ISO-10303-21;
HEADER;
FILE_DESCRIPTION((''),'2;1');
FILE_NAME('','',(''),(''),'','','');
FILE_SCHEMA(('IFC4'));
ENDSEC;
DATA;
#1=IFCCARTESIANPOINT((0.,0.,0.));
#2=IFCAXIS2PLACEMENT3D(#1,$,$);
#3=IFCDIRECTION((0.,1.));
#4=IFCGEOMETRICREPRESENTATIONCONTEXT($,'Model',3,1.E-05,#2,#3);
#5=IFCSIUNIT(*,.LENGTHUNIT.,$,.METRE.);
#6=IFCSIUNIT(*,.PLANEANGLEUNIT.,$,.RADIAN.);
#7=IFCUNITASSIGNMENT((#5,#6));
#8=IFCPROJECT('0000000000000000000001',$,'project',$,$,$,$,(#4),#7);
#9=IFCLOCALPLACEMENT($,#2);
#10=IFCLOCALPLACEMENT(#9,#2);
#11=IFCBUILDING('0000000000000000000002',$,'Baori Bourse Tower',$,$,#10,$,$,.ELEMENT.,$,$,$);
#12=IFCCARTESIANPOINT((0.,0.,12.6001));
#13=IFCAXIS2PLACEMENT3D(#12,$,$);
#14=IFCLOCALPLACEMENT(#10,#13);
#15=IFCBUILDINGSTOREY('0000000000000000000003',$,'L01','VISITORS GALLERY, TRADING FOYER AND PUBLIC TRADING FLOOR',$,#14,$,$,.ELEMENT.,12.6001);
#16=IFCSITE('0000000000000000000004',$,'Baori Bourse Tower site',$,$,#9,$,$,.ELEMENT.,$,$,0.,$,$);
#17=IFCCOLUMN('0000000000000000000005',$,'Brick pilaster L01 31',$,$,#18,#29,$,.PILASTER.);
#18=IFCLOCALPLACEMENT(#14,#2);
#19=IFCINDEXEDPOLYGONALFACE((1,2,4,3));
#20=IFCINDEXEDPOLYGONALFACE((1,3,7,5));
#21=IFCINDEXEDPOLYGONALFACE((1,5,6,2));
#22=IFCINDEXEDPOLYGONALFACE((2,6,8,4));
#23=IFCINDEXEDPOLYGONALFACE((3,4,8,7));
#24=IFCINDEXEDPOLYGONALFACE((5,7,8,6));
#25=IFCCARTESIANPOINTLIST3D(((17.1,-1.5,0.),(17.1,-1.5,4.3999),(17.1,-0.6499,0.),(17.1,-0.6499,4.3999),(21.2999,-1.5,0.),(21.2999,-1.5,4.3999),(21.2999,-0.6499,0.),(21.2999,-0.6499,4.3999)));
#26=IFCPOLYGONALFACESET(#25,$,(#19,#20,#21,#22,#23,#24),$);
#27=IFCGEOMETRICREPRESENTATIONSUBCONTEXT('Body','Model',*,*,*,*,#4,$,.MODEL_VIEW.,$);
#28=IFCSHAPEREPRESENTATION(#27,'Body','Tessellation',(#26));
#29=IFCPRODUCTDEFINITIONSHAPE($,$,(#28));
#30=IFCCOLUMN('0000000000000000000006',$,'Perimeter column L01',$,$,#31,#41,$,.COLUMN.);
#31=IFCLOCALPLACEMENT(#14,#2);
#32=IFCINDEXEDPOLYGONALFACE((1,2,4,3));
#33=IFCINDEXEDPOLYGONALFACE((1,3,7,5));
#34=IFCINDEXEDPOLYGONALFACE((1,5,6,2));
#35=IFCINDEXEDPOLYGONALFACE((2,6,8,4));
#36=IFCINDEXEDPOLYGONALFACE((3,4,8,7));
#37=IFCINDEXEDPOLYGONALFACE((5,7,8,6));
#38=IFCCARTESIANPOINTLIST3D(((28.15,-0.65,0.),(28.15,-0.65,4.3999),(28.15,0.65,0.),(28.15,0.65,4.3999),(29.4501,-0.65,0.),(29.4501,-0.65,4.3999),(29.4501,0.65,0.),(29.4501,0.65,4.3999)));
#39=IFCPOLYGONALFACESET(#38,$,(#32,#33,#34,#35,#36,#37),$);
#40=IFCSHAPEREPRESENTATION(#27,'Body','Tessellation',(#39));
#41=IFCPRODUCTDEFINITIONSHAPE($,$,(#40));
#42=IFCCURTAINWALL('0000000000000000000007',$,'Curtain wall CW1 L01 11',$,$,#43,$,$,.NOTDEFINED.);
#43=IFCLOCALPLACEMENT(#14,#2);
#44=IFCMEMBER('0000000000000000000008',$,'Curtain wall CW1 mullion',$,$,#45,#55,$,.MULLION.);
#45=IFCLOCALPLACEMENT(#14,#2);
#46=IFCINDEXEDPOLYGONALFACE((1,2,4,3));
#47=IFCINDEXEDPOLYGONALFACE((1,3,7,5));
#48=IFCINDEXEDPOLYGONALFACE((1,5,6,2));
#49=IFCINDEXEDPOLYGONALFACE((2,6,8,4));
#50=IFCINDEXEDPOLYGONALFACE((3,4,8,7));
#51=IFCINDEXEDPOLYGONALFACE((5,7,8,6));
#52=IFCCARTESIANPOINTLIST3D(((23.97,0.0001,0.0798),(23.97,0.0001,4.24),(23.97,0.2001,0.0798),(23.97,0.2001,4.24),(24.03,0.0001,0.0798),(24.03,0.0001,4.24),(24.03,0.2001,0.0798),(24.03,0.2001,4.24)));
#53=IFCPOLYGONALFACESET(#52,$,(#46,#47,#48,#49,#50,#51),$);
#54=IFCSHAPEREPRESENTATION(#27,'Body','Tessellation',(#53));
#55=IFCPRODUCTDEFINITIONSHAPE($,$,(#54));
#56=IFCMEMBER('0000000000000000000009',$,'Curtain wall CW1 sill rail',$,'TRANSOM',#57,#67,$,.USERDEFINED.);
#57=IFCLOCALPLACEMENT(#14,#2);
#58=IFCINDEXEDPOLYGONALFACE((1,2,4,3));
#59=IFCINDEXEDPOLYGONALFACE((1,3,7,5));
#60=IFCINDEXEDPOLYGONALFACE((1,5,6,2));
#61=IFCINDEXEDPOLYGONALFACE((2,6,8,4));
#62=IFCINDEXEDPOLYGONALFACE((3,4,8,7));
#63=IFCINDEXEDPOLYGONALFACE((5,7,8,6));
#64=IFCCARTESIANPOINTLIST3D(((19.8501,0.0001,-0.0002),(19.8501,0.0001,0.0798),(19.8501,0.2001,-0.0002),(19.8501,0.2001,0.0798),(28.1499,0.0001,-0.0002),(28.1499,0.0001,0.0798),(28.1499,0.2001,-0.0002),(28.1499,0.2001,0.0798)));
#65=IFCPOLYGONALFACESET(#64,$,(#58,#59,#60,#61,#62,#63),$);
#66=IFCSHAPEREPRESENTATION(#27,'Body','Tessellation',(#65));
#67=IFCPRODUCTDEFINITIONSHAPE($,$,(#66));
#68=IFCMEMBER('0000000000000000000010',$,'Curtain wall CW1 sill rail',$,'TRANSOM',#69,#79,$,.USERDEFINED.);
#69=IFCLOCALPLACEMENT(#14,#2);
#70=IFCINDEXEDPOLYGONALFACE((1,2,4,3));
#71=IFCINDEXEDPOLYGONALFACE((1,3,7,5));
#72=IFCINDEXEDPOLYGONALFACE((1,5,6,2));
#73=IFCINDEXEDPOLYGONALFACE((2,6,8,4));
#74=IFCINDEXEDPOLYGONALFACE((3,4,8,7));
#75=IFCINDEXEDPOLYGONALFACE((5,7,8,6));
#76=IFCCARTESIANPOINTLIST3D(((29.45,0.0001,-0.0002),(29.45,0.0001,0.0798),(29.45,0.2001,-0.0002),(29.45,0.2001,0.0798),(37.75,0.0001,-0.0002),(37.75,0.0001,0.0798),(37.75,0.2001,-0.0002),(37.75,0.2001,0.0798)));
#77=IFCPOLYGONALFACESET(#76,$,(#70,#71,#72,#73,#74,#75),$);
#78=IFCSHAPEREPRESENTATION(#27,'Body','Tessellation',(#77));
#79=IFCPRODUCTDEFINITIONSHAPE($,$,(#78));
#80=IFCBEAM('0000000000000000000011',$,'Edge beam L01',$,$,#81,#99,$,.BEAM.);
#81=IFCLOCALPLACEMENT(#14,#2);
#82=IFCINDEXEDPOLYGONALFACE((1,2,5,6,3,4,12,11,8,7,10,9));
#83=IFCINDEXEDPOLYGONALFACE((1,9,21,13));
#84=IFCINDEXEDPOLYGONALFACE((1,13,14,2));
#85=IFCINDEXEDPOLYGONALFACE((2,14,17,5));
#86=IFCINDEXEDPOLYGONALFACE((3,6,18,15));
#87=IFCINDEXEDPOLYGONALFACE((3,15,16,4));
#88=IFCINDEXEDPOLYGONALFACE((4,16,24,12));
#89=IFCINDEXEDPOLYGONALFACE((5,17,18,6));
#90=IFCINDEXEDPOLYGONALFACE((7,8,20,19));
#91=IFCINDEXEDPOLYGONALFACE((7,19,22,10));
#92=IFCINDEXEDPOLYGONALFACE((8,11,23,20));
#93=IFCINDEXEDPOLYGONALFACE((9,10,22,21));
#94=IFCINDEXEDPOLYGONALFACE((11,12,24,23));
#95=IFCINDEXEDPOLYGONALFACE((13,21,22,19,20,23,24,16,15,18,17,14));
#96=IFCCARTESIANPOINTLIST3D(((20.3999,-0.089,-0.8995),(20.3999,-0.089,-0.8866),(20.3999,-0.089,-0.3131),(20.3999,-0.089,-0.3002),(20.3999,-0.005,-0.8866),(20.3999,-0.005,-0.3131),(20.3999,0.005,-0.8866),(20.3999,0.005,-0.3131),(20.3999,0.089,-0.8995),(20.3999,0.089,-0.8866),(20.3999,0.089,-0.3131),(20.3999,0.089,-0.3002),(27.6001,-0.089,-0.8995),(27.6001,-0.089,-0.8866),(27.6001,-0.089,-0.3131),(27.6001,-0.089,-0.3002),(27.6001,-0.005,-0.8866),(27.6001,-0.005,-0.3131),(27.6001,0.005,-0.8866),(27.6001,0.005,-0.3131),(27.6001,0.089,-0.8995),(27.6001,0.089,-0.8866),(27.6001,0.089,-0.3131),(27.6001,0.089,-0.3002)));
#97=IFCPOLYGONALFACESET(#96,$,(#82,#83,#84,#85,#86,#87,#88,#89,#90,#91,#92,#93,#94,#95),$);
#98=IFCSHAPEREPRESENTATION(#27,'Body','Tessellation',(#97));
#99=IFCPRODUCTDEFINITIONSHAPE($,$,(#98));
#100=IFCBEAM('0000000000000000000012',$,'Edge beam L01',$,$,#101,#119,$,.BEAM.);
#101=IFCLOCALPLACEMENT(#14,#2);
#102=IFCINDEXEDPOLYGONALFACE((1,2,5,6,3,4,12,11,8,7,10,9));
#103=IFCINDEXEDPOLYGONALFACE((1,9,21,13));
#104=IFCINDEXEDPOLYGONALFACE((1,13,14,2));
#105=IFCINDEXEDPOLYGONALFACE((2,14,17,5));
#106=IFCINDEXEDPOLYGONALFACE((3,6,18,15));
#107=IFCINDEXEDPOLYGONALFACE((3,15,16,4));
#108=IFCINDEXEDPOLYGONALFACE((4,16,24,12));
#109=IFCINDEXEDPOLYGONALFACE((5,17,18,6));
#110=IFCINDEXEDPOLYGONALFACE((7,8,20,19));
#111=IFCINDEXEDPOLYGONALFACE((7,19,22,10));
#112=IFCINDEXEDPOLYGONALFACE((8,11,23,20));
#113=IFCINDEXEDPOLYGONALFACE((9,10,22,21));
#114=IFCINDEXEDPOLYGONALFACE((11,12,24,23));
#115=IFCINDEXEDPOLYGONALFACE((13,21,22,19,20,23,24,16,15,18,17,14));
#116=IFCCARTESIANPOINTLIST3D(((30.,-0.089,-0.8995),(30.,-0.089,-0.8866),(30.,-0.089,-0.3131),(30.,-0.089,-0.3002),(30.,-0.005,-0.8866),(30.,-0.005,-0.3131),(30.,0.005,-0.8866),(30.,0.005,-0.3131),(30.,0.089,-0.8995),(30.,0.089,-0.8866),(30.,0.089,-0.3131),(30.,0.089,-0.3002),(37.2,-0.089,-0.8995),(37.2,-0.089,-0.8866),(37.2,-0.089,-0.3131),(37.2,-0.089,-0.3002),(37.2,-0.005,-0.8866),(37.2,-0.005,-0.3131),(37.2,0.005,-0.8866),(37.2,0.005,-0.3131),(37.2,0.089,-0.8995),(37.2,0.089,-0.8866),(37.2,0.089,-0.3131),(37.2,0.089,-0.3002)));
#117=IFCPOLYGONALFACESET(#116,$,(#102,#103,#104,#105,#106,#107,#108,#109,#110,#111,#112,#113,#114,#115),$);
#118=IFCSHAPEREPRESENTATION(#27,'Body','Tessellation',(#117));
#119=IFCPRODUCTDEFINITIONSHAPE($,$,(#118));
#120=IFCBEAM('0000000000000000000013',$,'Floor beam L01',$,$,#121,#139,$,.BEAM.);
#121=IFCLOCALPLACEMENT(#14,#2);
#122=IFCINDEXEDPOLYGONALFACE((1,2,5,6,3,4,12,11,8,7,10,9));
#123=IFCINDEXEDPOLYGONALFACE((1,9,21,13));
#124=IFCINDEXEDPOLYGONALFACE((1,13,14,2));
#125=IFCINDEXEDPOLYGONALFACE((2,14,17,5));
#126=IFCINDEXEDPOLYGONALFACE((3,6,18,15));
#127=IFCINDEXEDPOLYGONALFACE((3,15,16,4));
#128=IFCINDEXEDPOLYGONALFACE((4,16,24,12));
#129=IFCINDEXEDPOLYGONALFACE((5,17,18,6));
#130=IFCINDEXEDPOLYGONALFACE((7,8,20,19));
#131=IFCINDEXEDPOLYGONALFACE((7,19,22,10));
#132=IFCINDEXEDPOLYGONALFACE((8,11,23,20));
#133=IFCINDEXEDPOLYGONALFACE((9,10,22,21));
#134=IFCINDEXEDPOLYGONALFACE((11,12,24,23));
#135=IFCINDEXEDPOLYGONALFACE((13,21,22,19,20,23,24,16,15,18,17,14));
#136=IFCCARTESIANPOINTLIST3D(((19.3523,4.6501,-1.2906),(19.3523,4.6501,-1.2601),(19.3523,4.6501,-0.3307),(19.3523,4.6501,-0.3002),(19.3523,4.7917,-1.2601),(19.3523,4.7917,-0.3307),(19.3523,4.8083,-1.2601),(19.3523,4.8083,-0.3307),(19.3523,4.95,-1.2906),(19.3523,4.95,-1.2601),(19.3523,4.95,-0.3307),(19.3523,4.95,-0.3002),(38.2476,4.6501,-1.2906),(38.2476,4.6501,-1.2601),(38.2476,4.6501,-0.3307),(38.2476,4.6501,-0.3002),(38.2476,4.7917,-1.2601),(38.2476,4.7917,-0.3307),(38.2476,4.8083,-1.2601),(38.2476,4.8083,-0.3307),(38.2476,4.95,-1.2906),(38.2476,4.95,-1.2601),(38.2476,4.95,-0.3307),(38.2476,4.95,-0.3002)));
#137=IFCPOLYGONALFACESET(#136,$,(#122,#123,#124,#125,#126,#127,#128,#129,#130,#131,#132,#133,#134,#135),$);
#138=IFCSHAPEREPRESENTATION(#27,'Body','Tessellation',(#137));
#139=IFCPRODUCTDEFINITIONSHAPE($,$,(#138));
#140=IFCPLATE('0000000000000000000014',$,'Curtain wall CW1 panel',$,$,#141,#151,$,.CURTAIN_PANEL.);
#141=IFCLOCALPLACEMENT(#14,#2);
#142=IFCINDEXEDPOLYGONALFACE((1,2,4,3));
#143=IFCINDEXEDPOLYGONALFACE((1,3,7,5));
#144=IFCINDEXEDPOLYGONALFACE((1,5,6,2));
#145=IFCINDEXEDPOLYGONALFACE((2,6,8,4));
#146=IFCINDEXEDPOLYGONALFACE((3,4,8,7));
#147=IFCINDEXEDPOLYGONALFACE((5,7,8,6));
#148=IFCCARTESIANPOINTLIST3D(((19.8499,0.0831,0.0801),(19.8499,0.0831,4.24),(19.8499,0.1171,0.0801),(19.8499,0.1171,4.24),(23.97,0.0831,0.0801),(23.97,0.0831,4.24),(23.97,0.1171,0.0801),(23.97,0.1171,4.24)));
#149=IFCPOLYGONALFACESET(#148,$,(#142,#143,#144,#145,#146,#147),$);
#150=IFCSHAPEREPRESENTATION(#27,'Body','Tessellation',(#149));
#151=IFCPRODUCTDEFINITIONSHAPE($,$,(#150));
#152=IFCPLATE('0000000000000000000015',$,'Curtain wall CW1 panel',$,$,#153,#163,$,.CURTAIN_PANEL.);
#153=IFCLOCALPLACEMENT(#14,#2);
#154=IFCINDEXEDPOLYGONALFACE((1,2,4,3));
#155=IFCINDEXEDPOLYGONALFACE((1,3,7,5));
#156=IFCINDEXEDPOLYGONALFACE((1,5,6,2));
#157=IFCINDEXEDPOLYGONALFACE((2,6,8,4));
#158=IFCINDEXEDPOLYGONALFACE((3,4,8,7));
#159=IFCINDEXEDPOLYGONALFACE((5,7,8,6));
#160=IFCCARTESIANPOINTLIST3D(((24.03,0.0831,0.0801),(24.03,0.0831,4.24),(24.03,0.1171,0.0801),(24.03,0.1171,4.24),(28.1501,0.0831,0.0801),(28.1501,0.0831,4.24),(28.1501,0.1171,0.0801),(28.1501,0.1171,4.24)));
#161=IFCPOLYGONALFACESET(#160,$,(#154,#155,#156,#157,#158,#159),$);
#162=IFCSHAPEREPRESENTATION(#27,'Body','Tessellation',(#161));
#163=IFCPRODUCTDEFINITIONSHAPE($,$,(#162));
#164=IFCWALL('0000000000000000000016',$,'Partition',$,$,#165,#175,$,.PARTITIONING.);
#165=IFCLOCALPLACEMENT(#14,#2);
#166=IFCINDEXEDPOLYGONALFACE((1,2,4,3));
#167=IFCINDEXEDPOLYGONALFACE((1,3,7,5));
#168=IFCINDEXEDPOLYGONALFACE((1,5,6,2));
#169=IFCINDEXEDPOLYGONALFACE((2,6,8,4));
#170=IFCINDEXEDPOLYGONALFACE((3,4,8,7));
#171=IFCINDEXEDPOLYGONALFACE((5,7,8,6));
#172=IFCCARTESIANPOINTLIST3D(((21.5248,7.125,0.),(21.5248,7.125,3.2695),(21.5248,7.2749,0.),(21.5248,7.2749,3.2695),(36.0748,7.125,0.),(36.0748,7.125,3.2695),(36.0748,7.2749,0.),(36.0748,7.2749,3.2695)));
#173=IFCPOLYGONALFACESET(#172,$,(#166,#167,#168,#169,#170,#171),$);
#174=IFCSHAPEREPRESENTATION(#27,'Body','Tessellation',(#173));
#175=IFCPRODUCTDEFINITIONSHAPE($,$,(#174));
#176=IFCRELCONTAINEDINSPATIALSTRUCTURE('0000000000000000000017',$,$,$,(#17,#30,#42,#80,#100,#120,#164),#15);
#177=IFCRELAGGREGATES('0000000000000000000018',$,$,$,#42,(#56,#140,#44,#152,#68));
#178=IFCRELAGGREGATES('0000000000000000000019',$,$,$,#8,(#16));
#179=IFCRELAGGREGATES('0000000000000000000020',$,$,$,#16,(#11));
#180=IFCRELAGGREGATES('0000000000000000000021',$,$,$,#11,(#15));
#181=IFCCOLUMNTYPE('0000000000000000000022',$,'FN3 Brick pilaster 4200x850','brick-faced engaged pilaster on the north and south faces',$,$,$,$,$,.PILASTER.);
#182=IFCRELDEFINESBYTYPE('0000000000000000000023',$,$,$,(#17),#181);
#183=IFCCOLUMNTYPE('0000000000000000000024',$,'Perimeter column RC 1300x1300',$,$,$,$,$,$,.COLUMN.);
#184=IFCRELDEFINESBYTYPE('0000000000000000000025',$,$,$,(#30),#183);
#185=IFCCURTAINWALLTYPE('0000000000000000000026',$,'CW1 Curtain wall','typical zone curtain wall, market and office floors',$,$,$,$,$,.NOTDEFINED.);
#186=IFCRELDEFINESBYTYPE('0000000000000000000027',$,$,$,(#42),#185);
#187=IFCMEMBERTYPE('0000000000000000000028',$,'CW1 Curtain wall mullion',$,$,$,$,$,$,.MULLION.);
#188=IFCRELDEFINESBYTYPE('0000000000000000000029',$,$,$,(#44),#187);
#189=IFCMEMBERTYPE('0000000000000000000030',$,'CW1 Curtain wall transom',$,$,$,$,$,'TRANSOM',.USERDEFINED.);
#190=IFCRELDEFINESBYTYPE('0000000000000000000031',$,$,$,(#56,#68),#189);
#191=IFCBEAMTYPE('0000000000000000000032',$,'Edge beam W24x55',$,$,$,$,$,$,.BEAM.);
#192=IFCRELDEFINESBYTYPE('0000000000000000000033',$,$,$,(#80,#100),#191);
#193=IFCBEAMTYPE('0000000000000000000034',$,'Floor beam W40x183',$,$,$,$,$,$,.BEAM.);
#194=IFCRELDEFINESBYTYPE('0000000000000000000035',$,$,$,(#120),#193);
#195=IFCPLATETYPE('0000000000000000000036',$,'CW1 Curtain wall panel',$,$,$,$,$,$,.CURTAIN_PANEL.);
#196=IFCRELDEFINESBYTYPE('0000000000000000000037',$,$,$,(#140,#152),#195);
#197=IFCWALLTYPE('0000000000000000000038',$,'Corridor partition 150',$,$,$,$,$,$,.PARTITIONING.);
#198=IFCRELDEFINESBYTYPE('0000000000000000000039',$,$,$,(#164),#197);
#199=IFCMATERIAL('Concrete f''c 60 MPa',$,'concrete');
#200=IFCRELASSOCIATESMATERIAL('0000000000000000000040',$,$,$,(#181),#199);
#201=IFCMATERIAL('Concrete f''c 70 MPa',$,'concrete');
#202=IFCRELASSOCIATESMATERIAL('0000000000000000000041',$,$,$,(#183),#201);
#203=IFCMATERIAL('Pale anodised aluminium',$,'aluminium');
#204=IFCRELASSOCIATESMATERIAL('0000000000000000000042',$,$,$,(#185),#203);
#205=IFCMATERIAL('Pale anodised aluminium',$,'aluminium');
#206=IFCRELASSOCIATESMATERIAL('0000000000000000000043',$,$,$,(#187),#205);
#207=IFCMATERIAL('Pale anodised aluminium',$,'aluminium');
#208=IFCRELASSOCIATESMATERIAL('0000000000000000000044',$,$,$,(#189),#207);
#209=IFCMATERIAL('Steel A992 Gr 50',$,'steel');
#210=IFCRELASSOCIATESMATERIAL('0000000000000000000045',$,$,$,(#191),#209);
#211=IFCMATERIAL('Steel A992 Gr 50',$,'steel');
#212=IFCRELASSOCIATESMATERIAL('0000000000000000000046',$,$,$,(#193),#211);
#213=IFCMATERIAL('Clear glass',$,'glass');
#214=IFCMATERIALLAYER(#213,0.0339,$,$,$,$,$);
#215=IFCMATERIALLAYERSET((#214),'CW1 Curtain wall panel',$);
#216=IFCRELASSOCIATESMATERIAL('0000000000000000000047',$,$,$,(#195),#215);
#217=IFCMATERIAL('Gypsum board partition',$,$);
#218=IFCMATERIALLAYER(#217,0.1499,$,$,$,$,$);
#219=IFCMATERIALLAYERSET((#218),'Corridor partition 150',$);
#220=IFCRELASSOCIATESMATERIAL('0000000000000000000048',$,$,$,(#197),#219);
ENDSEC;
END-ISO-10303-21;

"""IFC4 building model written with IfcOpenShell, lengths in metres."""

from ifc_helpers import new_model, si_unit, direction, frame, frame_2d, origin, origin_2d, place, context, subcontext, project, spatial, rectangle, i_section, extrude, material, layer, layer_set, material_profile, profile_set, type_object, element, aggregate, save


model = new_model("IFC4")

# Units and contexts
model_context = context("Model", 3, precision=1e-05, world=origin(), true_north=direction((0.0, 1.0)))
body_context = subcontext(model_context, "Body", "Model", "MODEL_VIEW")
ifc_project = project(units=[si_unit("LENGTHUNIT", "METRE"), si_unit("PLANEANGLEUNIT", "RADIAN")], contexts=[model_context])

# Site, building, storey
site_placement = place(None, origin())
site = spatial("IfcSite", under=ifc_project, at=site_placement, Name="Baori Bourse Tower site", CompositionType="ELEMENT", RefElevation=0.0)
building_placement = place(site_placement, origin())
building = spatial("IfcBuilding", under=site, at=building_placement, Name="Baori Bourse Tower", CompositionType="ELEMENT")
storey_placement = place(building_placement, frame((0.0, 0.0, 12.6001)))
storey = spatial("IfcBuildingStorey", under=building, at=storey_placement, Name="L01", Description="VISITORS GALLERY, TRADING FOYER AND PUBLIC TRADING FLOOR", CompositionType="ELEMENT", Elevation=12.6001)

# Columns
ifc_material_1 = material(Name="Concrete f'c 60 MPa", Category="concrete")
ifc_material_profile_1 = material_profile(ifc_material_1, rectangle(XDim=4.2, YDim=0.8501, at=origin_2d()), Name="RC 4200x850")
ifc_profile_set_1 = profile_set([ifc_material_profile_1], Name="Concrete f'c 60 MPa")
column_type_1 = type_object("IfcColumnType", Name="FN3 Brick pilaster 4200x850", Description="brick-faced engaged pilaster on the north and south faces", PredefinedType="PILASTER", material=ifc_profile_set_1)
column_1_placement = place(storey_placement, frame((19.2, -1.075, 0.0), z_axis=(0.0, 0.0, 1.0), x_axis=(1.0, 0.0, 0.0)))
element("IfcColumn", 1, at=column_1_placement, inside=storey, type_object=column_type_1, Name="Brick pilaster L01 31", PredefinedType="PILASTER", context=body_context, shape_type="SweptSolid", body=[
    extrude(rectangle(XDim=4.2, YDim=0.8501, at=origin_2d()), origin(), (0.0, 0.0, 1.0), 4.3999),
])
ifc_material_2 = material(Name="Concrete f'c 70 MPa", Category="concrete")
ifc_material_profile_2 = material_profile(ifc_material_2, rectangle(XDim=1.3, YDim=1.3, at=origin_2d()), Name="RC 1300x1300")
ifc_profile_set_2 = profile_set([ifc_material_profile_2], Name="Concrete f'c 70 MPa")
column_type_2 = type_object("IfcColumnType", Name="Perimeter column RC 1300x1300", PredefinedType="COLUMN", material=ifc_profile_set_2)
column_2_placement = place(storey_placement, frame((28.8, 0.0, 0.0), z_axis=(0.0, 0.0, 1.0), x_axis=(1.0, 0.0, 0.0)))
element("IfcColumn", 2, at=column_2_placement, inside=storey, type_object=column_type_2, Name="Perimeter column L01", PredefinedType="COLUMN", context=body_context, shape_type="SweptSolid", body=[
    extrude(rectangle(XDim=1.3, YDim=1.3, at=origin_2d()), origin(), (0.0, 0.0, 1.0), 4.3999),
])

# Curtain wall, members
ifc_material_3 = material(Name="Pale anodised aluminium", Category="aluminium")
curtain_wall_type = type_object("IfcCurtainWallType", Name="CW1 Curtain wall", Description="typical zone curtain wall, market and office floors", PredefinedType="NOTDEFINED", material=ifc_material_3)
curtain_wall_placement = place(storey_placement, origin())
curtain_wall = element("IfcCurtainWall", 3, at=curtain_wall_placement, inside=storey, type_object=curtain_wall_type, Name="Curtain wall CW1 L01 11", PredefinedType="NOTDEFINED")
ifc_material_4 = material(Name="Pale anodised aluminium", Category="aluminium")
ifc_material_profile_3 = material_profile(ifc_material_4, rectangle(XDim=0.2, YDim=0.0601, at=origin_2d()), Name="Mullion 60x200")
ifc_profile_set_3 = profile_set([ifc_material_profile_3], Name="Pale anodised aluminium")
member_type_1 = type_object("IfcMemberType", Name="CW1 Curtain wall mullion", PredefinedType="MULLION", material=ifc_profile_set_3)
member_1_placement = place(storey_placement, frame((24.0, 0.1001, 0.0798), z_axis=(0.0, 0.0, 1.0), x_axis=(0.0, 1.0, 0.0)))
member_1 = element("IfcMember", 4, at=member_1_placement, type_object=member_type_1, Name="Curtain wall CW1 mullion", PredefinedType="MULLION", context=body_context, shape_type="SweptSolid", body=[
    extrude(rectangle(XDim=0.2, YDim=0.0601, at=origin_2d()), origin(), (0.0, 0.0, 1.0), 4.1602),
])
ifc_material_5 = material(Name="Pale anodised aluminium", Category="aluminium")
ifc_material_profile_4 = material_profile(ifc_material_5, rectangle(XDim=0.2, YDim=0.0801, at=origin_2d()), Name="Transom 80x200")
ifc_profile_set_4 = profile_set([ifc_material_profile_4], Name="Pale anodised aluminium")
member_type_2 = type_object("IfcMemberType", Name="CW1 Curtain wall transom", ElementType="TRANSOM", PredefinedType="USERDEFINED", material=ifc_profile_set_4)
member_2_placement = place(storey_placement, frame((19.8501, 0.1001, 0.0398), z_axis=(1.0, 0.0, 0.0), x_axis=(0.0, 1.0, 0.0)))
member_2 = element("IfcMember", 5, at=member_2_placement, type_object=member_type_2, Name="Curtain wall CW1 sill rail", ObjectType="TRANSOM", PredefinedType="USERDEFINED", context=body_context, shape_type="SweptSolid", body=[
    extrude(rectangle(XDim=0.2, YDim=0.0801, at=origin_2d()), origin(), (0.0, 0.0, 1.0), 8.2998),
])
member_3_placement = place(storey_placement, frame((29.45, 0.1001, 0.0398), z_axis=(1.0, 0.0, 0.0), x_axis=(0.0, 1.0, 0.0)))
member_3 = element("IfcMember", 6, at=member_3_placement, type_object=member_type_2, Name="Curtain wall CW1 sill rail", ObjectType="TRANSOM", PredefinedType="USERDEFINED", context=body_context, shape_type="SweptSolid", body=[
    extrude(rectangle(XDim=0.2, YDim=0.0801, at=origin_2d()), origin(), (0.0, 0.0, 1.0), 8.3),
])

# Beams
ifc_material_6 = material(Name="Steel A992 Gr 50", Category="steel")
ifc_material_profile_5 = material_profile(ifc_material_6, i_section(OverallWidth=0.178, OverallDepth=0.5994, WebThickness=0.01, FlangeThickness=0.0129, at=origin_2d()), Name="W24x55")
ifc_profile_set_5 = profile_set([ifc_material_profile_5], Name="Steel A992 Gr 50")
beam_type_1 = type_object("IfcBeamType", Name="Edge beam W24x55", PredefinedType="BEAM", material=ifc_profile_set_5)
beam_1_placement = place(storey_placement, frame((20.3999, 0.0, -0.5999), z_axis=(1.0, 0.0, 0.0), x_axis=(0.0, 1.0, 0.0)))
element("IfcBeam", 7, at=beam_1_placement, inside=storey, type_object=beam_type_1, Name="Edge beam L01", PredefinedType="BEAM", context=body_context, shape_type="SweptSolid", body=[
    extrude(i_section(OverallWidth=0.178, OverallDepth=0.5994, WebThickness=0.01, FlangeThickness=0.0129, at=origin_2d()), origin(), (0.0, 0.0, 1.0), 7.2002),
])
beam_2_placement = place(storey_placement, frame((30.0, 0.0, -0.5999), z_axis=(1.0, 0.0, 0.0), x_axis=(0.0, 1.0, 0.0)))
element("IfcBeam", 8, at=beam_2_placement, inside=storey, type_object=beam_type_1, Name="Edge beam L01", PredefinedType="BEAM", context=body_context, shape_type="SweptSolid", body=[
    extrude(i_section(OverallWidth=0.178, OverallDepth=0.5994, WebThickness=0.01, FlangeThickness=0.0129, at=origin_2d()), origin(), (0.0, 0.0, 1.0), 7.2),
])
ifc_material_7 = material(Name="Steel A992 Gr 50", Category="steel")
ifc_material_profile_6 = material_profile(ifc_material_7, i_section(OverallWidth=0.2998, OverallDepth=0.9905, WebThickness=0.0166, FlangeThickness=0.0305, at=origin_2d()), Name="W40x183")
ifc_profile_set_6 = profile_set([ifc_material_profile_6], Name="Steel A992 Gr 50")
beam_type_2 = type_object("IfcBeamType", Name="Floor beam W40x183", PredefinedType="BEAM", material=ifc_profile_set_6)
beam_3_placement = place(storey_placement, frame((19.3523, 4.8, -0.7954), z_axis=(1.0, 0.0, 0.0), x_axis=(0.0, 1.0, 0.0)))
element("IfcBeam", 9, at=beam_3_placement, inside=storey, type_object=beam_type_2, Name="Floor beam L01", PredefinedType="BEAM", context=body_context, shape_type="SweptSolid", body=[
    extrude(i_section(OverallWidth=0.2998, OverallDepth=0.9905, WebThickness=0.0166, FlangeThickness=0.0305, at=origin_2d()), origin(), (0.0, 0.0, 1.0), 18.8953),
])

# Plates
ifc_material_8 = material(Name="Clear glass", Category="glass")
ifc_layer_1 = layer(ifc_material_8, 0.0339)
ifc_layer_set_1 = layer_set([ifc_layer_1], Name="CW1 Curtain wall panel")
plate_type = type_object("IfcPlateType", Name="CW1 Curtain wall panel", PredefinedType="CURTAIN_PANEL", material=ifc_layer_set_1)
plate_1_placement = place(storey_placement, frame((21.9099, 0.1001, 0.0801), z_axis=(0.0, 0.0, 1.0), x_axis=(1.0, 0.0, 0.0)))
plate_1 = element("IfcPlate", 10, at=plate_1_placement, type_object=plate_type, Name="Curtain wall CW1 panel", PredefinedType="CURTAIN_PANEL", context=body_context, shape_type="SweptSolid", body=[
    extrude(rectangle(XDim=4.1201, YDim=0.0339, at=origin_2d()), origin(), (0.0, 0.0, 1.0), 4.1599),
])
plate_2_placement = place(storey_placement, frame((26.0901, 0.1001, 0.0801), z_axis=(0.0, 0.0, 1.0), x_axis=(1.0, 0.0, 0.0)))
plate_2 = element("IfcPlate", 11, at=plate_2_placement, type_object=plate_type, Name="Curtain wall CW1 panel", PredefinedType="CURTAIN_PANEL", context=body_context, shape_type="SweptSolid", body=[
    extrude(rectangle(XDim=4.1201, YDim=0.0339, at=origin_2d()), origin(), (0.0, 0.0, 1.0), 4.1599),
])
aggregate(curtain_wall, [member_2, plate_1, member_1, plate_2, member_3])

# Wall
ifc_material_9 = material(Name="Gypsum board partition")
ifc_layer_2 = layer(ifc_material_9, 0.1499)
ifc_layer_set_2 = layer_set([ifc_layer_2], Name="Corridor partition 150")
wall_type_1 = type_object("IfcWallType", Name="Corridor partition 150", PredefinedType="PARTITIONING", material=ifc_layer_set_2)
wall_1_placement = place(storey_placement, frame((21.5249, 7.2, 0.0), z_axis=(0.0, 0.0, 1.0), x_axis=(1.0, 0.0, 0.0)))
element("IfcWall", 12, at=wall_1_placement, inside=storey, type_object=wall_type_1, Name="Partition", PredefinedType="PARTITIONING", context=body_context, shape_type="SweptSolid", body=[
    extrude(rectangle(XDim=14.55, YDim=0.1499, at=frame_2d((7.2749, 0.0))), origin(), (0.0, 0.0, 1.0), 3.2695),
])

save(model, "model.ifc")
